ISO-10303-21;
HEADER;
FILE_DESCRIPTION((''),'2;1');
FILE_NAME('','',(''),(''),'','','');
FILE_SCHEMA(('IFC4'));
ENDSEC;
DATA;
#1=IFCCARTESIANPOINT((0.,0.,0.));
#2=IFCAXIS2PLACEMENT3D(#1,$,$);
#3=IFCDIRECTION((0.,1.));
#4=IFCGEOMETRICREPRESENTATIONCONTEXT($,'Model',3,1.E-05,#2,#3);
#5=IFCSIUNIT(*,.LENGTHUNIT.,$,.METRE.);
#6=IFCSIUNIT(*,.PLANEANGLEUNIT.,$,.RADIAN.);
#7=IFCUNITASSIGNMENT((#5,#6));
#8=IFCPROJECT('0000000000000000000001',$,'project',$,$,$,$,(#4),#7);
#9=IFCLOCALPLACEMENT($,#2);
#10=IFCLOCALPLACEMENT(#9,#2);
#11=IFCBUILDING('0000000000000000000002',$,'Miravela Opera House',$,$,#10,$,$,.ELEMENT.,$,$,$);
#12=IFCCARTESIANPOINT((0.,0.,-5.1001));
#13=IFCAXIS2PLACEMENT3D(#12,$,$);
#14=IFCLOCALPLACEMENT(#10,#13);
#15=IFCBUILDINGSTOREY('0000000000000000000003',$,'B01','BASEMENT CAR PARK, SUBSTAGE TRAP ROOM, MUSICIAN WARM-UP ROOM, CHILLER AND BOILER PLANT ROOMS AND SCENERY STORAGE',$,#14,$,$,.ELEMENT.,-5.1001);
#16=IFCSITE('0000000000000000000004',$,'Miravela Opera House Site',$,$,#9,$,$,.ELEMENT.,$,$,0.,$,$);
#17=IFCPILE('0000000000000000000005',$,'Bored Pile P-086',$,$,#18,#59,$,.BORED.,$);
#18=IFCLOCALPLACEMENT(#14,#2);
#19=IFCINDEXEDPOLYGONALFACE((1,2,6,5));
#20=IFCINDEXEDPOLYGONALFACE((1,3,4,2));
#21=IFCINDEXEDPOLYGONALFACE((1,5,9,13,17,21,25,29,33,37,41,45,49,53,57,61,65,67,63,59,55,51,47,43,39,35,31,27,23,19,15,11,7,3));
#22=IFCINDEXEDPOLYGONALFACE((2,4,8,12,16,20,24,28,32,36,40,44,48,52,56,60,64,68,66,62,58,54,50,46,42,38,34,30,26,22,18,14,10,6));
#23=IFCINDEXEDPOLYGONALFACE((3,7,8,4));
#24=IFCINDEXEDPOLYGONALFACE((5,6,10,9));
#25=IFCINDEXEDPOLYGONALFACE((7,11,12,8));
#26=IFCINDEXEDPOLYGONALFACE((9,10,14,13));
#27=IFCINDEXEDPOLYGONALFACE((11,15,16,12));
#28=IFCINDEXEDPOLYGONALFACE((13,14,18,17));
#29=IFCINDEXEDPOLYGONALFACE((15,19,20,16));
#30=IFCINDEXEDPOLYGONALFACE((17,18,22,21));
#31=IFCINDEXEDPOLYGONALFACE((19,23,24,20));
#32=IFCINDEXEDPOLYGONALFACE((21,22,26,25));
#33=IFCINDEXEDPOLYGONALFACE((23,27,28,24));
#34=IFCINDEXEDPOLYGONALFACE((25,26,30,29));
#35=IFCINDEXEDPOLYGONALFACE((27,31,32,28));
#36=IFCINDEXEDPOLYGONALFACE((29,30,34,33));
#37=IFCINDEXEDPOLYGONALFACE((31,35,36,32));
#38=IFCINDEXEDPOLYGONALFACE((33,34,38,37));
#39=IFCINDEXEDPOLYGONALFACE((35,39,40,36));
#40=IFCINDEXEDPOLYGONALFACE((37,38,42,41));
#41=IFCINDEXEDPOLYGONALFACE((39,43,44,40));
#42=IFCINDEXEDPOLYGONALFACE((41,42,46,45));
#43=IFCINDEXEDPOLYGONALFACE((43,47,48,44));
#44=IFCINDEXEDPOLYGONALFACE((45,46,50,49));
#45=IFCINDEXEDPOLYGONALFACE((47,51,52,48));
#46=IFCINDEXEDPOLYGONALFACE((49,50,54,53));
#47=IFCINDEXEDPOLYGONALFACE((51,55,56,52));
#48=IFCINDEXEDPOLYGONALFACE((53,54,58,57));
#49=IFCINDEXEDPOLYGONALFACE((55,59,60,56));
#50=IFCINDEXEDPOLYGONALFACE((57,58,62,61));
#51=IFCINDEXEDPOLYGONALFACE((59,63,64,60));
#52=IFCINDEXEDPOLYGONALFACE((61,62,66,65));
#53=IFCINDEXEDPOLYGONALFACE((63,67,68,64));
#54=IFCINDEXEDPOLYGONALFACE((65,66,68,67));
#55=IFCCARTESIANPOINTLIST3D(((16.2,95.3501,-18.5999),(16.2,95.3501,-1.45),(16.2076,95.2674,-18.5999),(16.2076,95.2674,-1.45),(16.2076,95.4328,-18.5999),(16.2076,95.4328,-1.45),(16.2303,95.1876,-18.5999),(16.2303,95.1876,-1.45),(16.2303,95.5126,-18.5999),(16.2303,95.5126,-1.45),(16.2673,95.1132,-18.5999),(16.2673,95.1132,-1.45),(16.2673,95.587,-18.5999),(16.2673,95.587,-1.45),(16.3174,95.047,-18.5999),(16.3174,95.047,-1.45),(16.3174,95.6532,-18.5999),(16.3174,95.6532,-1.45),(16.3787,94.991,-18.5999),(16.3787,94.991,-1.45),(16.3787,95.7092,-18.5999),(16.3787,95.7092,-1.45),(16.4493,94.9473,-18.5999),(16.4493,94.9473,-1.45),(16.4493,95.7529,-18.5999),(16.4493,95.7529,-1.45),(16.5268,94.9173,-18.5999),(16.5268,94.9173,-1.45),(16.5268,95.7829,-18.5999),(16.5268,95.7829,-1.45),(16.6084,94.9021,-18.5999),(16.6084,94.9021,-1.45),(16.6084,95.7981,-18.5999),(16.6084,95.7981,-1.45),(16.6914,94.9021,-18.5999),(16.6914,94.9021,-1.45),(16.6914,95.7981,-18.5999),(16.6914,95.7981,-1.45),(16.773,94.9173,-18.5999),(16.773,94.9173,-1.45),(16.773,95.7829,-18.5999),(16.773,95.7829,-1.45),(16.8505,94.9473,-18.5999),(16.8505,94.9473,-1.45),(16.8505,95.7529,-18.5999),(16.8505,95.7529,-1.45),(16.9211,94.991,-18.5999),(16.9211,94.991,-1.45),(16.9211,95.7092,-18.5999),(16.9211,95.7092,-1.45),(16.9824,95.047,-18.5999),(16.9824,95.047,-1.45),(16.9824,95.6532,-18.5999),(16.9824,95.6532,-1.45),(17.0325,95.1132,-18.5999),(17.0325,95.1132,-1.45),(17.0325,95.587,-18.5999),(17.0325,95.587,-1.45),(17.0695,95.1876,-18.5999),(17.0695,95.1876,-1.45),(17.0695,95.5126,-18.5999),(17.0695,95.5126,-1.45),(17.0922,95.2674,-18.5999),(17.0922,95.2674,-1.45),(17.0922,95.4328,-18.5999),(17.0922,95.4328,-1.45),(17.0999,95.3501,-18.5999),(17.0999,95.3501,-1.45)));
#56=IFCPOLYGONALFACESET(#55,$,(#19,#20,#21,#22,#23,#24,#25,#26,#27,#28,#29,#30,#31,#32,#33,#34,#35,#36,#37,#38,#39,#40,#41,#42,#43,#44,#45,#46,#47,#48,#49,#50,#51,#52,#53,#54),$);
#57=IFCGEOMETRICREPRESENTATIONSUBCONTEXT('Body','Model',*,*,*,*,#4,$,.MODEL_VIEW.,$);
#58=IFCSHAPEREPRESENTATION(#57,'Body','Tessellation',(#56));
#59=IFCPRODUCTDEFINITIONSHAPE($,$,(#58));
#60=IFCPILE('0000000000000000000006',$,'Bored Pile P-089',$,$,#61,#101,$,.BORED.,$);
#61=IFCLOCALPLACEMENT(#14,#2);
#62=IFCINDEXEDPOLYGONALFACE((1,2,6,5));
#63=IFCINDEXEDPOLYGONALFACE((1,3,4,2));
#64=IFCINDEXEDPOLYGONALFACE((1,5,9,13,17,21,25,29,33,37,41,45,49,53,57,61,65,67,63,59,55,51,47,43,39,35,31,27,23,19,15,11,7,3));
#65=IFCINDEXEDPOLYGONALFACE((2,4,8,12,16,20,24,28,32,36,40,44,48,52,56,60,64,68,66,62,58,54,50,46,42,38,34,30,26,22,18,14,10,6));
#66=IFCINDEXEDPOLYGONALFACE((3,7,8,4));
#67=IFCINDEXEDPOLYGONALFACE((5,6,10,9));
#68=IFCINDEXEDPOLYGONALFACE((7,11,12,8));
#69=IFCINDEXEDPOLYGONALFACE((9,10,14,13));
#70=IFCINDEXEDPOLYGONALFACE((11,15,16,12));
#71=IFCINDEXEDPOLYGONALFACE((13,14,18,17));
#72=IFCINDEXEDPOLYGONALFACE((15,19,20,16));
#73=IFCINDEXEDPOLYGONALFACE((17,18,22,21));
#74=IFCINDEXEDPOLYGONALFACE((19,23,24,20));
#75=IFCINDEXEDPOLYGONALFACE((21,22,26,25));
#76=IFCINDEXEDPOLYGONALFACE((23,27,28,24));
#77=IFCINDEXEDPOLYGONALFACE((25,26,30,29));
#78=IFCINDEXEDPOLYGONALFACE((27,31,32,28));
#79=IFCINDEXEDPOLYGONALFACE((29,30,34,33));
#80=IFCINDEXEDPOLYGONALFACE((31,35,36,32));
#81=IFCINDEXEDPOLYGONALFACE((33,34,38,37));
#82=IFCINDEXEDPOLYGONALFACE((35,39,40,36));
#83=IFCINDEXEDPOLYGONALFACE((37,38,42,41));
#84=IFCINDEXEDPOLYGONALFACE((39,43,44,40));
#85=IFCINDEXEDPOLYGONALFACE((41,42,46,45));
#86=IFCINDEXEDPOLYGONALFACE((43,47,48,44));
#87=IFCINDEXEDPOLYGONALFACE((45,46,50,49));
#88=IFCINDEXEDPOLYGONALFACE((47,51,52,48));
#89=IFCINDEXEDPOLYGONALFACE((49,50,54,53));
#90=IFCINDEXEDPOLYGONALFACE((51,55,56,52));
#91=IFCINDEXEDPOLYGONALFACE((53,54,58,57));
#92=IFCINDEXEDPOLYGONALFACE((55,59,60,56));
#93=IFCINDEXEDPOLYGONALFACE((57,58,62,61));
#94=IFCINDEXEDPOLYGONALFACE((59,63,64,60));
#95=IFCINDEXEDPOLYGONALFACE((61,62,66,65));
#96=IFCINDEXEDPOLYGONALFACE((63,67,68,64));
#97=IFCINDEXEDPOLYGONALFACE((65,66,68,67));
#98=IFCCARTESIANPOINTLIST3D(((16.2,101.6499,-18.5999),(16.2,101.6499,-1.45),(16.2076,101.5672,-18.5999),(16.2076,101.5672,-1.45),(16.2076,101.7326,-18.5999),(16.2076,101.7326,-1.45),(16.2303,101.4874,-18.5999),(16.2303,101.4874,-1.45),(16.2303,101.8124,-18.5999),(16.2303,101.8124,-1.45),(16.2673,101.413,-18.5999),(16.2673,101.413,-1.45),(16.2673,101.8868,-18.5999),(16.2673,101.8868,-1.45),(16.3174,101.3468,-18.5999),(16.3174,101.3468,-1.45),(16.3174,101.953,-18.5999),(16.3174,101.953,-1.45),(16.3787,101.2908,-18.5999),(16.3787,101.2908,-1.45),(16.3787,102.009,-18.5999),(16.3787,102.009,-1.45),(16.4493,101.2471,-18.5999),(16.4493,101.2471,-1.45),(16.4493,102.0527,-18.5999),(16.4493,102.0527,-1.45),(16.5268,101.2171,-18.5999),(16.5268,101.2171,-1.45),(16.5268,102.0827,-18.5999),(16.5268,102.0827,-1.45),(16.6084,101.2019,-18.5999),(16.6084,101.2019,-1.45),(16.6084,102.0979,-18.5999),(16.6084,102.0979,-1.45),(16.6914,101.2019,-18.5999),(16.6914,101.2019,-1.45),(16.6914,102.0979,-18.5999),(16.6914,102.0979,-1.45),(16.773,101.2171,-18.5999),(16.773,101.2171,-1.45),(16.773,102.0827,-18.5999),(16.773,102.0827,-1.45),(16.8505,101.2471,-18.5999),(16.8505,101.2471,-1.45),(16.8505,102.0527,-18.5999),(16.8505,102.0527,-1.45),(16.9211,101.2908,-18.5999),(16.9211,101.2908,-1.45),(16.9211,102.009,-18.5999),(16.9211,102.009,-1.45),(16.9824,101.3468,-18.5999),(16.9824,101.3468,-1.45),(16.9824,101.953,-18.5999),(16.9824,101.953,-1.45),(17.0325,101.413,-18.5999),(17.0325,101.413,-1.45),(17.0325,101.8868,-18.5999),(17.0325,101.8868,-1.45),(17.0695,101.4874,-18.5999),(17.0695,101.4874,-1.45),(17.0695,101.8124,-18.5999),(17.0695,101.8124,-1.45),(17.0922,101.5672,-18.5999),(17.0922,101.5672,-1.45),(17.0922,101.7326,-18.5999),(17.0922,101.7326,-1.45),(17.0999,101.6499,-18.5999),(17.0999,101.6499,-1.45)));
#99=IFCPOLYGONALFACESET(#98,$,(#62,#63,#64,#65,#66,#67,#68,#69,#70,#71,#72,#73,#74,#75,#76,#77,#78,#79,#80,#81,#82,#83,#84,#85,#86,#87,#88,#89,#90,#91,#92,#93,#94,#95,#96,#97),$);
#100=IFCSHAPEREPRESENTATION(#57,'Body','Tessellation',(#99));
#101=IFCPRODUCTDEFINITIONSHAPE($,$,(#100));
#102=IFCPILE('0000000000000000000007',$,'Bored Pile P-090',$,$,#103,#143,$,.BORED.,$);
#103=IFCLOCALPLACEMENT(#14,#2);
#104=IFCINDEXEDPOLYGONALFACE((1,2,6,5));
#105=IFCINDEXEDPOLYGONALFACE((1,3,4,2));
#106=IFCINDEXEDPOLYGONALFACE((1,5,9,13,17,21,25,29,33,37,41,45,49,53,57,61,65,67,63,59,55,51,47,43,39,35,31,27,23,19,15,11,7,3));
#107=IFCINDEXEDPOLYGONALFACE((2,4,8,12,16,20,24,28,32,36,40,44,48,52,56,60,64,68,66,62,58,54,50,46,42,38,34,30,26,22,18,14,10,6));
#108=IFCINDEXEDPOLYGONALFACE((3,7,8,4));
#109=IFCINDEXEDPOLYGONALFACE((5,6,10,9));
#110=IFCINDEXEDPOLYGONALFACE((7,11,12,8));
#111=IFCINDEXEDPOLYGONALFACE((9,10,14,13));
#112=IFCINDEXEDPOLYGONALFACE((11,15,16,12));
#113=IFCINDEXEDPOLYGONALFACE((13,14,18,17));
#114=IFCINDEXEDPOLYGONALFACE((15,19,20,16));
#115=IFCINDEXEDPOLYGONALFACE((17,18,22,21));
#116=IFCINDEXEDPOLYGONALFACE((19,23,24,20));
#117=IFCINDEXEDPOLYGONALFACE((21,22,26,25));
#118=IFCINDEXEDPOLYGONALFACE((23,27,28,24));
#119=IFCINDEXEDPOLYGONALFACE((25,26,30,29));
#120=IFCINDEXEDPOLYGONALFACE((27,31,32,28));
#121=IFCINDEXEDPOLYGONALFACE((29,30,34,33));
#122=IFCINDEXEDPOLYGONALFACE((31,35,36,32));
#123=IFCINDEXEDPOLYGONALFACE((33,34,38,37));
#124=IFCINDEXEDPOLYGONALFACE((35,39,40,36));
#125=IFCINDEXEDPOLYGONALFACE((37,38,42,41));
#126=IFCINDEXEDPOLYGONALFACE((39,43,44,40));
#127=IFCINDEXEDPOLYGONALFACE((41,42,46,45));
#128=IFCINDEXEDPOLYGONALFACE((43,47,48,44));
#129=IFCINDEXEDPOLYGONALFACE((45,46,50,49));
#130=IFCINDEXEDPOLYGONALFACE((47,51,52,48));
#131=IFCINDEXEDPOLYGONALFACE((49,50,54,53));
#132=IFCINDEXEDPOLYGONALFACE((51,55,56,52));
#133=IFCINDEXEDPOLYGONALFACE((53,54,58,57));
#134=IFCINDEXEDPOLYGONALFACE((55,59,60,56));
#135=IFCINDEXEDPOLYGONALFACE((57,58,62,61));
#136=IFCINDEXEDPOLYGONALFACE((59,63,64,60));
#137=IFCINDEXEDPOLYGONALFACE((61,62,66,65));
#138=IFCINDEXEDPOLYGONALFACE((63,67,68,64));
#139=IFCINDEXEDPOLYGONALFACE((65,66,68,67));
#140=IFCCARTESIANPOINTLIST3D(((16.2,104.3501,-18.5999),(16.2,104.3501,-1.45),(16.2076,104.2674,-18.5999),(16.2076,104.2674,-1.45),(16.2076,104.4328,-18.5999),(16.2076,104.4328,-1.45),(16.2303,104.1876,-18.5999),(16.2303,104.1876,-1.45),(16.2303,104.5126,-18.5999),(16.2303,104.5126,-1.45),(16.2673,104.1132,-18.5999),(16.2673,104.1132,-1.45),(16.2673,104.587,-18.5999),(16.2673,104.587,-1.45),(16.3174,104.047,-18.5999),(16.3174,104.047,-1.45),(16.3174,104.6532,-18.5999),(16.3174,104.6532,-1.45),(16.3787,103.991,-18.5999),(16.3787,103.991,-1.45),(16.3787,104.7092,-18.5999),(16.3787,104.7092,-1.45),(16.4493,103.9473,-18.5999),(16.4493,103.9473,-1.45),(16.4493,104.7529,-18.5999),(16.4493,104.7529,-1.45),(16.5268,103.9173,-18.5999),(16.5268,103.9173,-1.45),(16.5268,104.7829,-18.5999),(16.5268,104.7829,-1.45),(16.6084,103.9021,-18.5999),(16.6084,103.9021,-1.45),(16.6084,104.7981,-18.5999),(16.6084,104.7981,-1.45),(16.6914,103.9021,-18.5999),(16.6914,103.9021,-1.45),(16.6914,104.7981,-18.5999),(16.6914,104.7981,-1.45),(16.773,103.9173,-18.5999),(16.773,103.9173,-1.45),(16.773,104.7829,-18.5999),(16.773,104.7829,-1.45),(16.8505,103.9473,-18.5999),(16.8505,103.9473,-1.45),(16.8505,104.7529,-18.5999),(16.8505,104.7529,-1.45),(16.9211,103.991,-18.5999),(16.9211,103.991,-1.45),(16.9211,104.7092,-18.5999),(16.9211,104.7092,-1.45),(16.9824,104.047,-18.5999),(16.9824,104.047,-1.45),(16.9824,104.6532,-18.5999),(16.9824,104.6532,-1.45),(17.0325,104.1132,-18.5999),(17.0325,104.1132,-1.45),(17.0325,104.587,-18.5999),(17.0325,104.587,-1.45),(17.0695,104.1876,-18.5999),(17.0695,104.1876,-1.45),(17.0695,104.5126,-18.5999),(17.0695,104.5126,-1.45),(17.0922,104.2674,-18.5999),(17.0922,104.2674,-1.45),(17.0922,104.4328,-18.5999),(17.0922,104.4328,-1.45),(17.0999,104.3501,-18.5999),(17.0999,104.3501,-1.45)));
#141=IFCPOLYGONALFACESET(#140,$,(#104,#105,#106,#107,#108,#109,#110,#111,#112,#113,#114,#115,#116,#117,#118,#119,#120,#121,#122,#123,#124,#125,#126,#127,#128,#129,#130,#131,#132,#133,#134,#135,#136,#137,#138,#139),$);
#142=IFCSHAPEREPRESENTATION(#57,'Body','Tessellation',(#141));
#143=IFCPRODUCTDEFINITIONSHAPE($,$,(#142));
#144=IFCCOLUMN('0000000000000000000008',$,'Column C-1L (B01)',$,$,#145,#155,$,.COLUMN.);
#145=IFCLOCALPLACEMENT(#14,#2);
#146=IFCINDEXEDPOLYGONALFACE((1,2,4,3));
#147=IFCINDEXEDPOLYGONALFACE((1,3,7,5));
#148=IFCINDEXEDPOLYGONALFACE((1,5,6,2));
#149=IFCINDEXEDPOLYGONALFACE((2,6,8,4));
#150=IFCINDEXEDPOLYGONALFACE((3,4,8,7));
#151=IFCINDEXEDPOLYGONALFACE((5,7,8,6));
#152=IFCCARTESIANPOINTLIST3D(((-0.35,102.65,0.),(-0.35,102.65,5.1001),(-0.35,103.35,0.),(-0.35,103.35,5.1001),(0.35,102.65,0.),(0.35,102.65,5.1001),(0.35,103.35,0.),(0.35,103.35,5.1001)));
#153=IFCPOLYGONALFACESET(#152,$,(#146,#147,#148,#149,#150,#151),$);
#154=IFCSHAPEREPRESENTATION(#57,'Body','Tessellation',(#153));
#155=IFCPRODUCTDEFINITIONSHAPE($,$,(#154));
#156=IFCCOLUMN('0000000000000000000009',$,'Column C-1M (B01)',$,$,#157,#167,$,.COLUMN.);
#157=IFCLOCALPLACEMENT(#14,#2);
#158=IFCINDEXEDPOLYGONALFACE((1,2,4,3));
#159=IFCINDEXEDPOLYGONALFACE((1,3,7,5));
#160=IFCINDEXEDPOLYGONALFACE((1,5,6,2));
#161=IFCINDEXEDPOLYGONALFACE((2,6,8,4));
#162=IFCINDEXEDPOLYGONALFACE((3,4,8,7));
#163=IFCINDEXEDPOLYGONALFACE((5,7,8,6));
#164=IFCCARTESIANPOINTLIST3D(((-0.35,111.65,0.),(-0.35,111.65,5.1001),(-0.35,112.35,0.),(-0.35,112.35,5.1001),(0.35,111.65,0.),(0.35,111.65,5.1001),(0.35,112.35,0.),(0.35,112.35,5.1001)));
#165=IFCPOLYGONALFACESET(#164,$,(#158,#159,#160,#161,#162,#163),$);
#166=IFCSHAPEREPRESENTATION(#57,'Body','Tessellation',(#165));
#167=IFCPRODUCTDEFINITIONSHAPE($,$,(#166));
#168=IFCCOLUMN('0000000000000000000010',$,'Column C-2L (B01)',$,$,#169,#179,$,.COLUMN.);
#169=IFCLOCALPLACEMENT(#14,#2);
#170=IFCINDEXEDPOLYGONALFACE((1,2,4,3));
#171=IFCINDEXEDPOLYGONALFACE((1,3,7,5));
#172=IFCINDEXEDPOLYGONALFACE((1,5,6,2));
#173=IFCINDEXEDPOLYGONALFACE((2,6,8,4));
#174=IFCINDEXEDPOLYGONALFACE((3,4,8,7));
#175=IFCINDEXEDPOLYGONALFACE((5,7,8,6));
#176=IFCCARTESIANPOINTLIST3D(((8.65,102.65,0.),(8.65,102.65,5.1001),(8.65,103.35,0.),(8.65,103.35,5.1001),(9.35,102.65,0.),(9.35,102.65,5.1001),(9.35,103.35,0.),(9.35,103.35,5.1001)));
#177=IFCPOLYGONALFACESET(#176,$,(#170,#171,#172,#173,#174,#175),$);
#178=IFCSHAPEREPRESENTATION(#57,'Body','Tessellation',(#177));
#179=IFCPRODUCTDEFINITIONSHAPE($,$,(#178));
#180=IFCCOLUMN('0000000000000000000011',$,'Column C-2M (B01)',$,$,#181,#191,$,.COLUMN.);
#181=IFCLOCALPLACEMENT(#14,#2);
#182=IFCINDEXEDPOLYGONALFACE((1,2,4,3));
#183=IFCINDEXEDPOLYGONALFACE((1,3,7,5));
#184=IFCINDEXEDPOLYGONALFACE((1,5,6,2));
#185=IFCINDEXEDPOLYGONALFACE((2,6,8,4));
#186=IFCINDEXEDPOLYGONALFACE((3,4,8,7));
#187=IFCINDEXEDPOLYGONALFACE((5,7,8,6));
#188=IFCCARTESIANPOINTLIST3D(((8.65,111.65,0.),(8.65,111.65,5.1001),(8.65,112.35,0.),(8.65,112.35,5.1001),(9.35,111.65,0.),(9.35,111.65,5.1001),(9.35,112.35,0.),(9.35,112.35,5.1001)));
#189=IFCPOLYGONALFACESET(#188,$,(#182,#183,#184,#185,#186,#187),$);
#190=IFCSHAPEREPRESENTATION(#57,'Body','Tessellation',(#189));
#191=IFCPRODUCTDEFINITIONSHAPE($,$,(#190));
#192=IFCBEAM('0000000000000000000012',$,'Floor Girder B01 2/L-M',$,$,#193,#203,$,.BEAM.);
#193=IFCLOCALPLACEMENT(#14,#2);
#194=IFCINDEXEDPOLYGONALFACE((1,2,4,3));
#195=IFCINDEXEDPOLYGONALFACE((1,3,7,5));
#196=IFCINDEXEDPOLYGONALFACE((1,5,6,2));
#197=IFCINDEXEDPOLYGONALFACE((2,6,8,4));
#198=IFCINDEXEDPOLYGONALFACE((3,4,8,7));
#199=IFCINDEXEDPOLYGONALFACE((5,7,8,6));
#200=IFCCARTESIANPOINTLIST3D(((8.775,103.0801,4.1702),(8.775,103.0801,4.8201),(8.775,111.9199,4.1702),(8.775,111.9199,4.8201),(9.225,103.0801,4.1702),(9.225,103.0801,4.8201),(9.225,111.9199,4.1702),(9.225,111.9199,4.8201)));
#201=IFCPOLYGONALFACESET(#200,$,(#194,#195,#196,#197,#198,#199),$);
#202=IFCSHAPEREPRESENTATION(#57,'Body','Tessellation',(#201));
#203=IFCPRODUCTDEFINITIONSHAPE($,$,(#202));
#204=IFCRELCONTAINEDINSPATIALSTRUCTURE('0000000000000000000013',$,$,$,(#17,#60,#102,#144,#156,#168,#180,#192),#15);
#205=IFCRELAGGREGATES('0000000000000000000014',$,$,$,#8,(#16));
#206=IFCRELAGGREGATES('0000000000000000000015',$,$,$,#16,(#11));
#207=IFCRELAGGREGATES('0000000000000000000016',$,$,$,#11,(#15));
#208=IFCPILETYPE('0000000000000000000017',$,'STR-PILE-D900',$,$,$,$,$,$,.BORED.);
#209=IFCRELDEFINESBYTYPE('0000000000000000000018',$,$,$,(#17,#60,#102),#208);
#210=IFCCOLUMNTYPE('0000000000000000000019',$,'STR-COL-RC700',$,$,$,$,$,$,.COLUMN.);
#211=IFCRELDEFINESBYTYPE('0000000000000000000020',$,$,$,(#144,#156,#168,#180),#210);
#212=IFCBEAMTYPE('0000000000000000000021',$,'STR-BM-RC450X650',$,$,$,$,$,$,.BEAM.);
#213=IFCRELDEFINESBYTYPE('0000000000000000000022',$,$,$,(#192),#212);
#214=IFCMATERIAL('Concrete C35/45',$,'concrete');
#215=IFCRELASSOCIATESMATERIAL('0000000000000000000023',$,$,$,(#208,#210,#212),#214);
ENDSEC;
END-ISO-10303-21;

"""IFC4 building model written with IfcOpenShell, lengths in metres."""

from ifc_helpers import new_model, si_unit, direction, frame, origin, origin_2d, place, context, subcontext, project, spatial, rectangle, circle, extrude, material, material_profile, profile_set, type_object, element, save


model = new_model("IFC4")

# Units and contexts
model_context = context("Model", 3, precision=1e-05, world=origin(), true_north=direction((0.0, 1.0)))
body_context = subcontext(model_context, "Body", "Model", "MODEL_VIEW")
ifc_project = project(units=[si_unit("LENGTHUNIT", "METRE"), si_unit("PLANEANGLEUNIT", "RADIAN")], contexts=[model_context])

# Site, building, storey
site_placement = place(None, origin())
site = spatial("IfcSite", under=ifc_project, at=site_placement, Name="Miravela Opera House Site", CompositionType="ELEMENT", RefElevation=0.0)
building_placement = place(site_placement, origin())
building = spatial("IfcBuilding", under=site, at=building_placement, Name="Miravela Opera House", CompositionType="ELEMENT")
storey_placement = place(building_placement, frame((0.0, 0.0, -5.1001)))
storey = spatial("IfcBuildingStorey", under=building, at=storey_placement, Name="B01", Description="BASEMENT CAR PARK, SUBSTAGE TRAP ROOM, MUSICIAN WARM-UP ROOM, CHILLER AND BOILER PLANT ROOMS AND SCENERY STORAGE", CompositionType="ELEMENT", Elevation=-5.1001)

# Shared definitions
ifc_material_1 = material(Name="Concrete C35/45", Category="concrete")

# Piles
ifc_material_profile_1 = material_profile(ifc_material_1, circle(Radius=0.45, at=origin_2d()), Name="PILE-D900")
ifc_profile_set_1 = profile_set([ifc_material_profile_1])
pile_type_1 = type_object("IfcPileType", Name="STR-PILE-D900", PredefinedType="BORED", material=ifc_profile_set_1)
for number, where, z_axis, x_axis, name in (
    (1, (16.6499, 95.3501, -1.45), (0.0, 0.0, -1.0), (1.0, 0.0, 0.0), "Bored Pile P-086"),
    (2, (16.6499, 101.6499, -1.45), (0.0, 0.0, -1.0), (1.0, 0.0, 0.0), "Bored Pile P-089"),
    (3, (16.6499, 104.3501, -1.45), (0.0, 0.0, -1.0), (1.0, 0.0, 0.0), "Bored Pile P-090"),
):
    element("IfcPile", number, at=place(storey_placement, frame(where, z_axis=z_axis, x_axis=x_axis)), inside=storey, type_object=pile_type_1, Name=name, PredefinedType="BORED", context=body_context, shape_type="SweptSolid", body=[
        extrude(circle(Radius=0.45, at=origin_2d()), origin(), (0.0, 0.0, 1.0), 17.1499),
    ])

# Columns
ifc_material_profile_2 = material_profile(ifc_material_1, rectangle(XDim=0.7, YDim=0.7, at=origin_2d()), Name="RC-COL-700X700")
ifc_profile_set_2 = profile_set([ifc_material_profile_2])
column_type = type_object("IfcColumnType", Name="STR-COL-RC700", PredefinedType="COLUMN", material=ifc_profile_set_2)
for number, where, z_axis, x_axis, name in (
    (4, (0.0, 103.0, 0.0), (0.0, 0.0, 1.0), (1.0, 0.0, 0.0), "Column C-1L (B01)"),
    (5, (0.0, 112.0, 0.0), (0.0, 0.0, 1.0), (1.0, 0.0, 0.0), "Column C-1M (B01)"),
    (6, (9.0, 103.0, 0.0), (0.0, 0.0, 1.0), (1.0, 0.0, 0.0), "Column C-2L (B01)"),
    (7, (9.0, 112.0, 0.0), (0.0, 0.0, 1.0), (1.0, 0.0, 0.0), "Column C-2M (B01)"),
):
    element("IfcColumn", number, at=place(storey_placement, frame(where, z_axis=z_axis, x_axis=x_axis)), inside=storey, type_object=column_type, Name=name, PredefinedType="COLUMN", context=body_context, shape_type="SweptSolid", body=[
        extrude(rectangle(XDim=0.7, YDim=0.7, at=origin_2d()), origin(), (0.0, 0.0, 1.0), 5.1001),
    ])

# Beam
ifc_material_profile_3 = material_profile(ifc_material_1, rectangle(XDim=0.45, YDim=0.6499, at=origin_2d()), Name="RC-BM-450X650")
ifc_profile_set_3 = profile_set([ifc_material_profile_3])
beam_type_1 = type_object("IfcBeamType", Name="STR-BM-RC450X650", PredefinedType="BEAM", material=ifc_profile_set_3)
beam_1_placement = place(storey_placement, frame((9.0, 103.0801, 4.4951), z_axis=(0.0, 1.0, 0.0), x_axis=(-1.0, 0.0, 0.0)))
element("IfcBeam", 8, at=beam_1_placement, inside=storey, type_object=beam_type_1, Name="Floor Girder B01 2/L-M", PredefinedType="BEAM", context=body_context, shape_type="SweptSolid", body=[
    extrude(rectangle(XDim=0.45, YDim=0.6499, at=origin_2d()), origin(), (0.0, 0.0, 1.0), 8.8398),
])

save(model, "model.ifc")
